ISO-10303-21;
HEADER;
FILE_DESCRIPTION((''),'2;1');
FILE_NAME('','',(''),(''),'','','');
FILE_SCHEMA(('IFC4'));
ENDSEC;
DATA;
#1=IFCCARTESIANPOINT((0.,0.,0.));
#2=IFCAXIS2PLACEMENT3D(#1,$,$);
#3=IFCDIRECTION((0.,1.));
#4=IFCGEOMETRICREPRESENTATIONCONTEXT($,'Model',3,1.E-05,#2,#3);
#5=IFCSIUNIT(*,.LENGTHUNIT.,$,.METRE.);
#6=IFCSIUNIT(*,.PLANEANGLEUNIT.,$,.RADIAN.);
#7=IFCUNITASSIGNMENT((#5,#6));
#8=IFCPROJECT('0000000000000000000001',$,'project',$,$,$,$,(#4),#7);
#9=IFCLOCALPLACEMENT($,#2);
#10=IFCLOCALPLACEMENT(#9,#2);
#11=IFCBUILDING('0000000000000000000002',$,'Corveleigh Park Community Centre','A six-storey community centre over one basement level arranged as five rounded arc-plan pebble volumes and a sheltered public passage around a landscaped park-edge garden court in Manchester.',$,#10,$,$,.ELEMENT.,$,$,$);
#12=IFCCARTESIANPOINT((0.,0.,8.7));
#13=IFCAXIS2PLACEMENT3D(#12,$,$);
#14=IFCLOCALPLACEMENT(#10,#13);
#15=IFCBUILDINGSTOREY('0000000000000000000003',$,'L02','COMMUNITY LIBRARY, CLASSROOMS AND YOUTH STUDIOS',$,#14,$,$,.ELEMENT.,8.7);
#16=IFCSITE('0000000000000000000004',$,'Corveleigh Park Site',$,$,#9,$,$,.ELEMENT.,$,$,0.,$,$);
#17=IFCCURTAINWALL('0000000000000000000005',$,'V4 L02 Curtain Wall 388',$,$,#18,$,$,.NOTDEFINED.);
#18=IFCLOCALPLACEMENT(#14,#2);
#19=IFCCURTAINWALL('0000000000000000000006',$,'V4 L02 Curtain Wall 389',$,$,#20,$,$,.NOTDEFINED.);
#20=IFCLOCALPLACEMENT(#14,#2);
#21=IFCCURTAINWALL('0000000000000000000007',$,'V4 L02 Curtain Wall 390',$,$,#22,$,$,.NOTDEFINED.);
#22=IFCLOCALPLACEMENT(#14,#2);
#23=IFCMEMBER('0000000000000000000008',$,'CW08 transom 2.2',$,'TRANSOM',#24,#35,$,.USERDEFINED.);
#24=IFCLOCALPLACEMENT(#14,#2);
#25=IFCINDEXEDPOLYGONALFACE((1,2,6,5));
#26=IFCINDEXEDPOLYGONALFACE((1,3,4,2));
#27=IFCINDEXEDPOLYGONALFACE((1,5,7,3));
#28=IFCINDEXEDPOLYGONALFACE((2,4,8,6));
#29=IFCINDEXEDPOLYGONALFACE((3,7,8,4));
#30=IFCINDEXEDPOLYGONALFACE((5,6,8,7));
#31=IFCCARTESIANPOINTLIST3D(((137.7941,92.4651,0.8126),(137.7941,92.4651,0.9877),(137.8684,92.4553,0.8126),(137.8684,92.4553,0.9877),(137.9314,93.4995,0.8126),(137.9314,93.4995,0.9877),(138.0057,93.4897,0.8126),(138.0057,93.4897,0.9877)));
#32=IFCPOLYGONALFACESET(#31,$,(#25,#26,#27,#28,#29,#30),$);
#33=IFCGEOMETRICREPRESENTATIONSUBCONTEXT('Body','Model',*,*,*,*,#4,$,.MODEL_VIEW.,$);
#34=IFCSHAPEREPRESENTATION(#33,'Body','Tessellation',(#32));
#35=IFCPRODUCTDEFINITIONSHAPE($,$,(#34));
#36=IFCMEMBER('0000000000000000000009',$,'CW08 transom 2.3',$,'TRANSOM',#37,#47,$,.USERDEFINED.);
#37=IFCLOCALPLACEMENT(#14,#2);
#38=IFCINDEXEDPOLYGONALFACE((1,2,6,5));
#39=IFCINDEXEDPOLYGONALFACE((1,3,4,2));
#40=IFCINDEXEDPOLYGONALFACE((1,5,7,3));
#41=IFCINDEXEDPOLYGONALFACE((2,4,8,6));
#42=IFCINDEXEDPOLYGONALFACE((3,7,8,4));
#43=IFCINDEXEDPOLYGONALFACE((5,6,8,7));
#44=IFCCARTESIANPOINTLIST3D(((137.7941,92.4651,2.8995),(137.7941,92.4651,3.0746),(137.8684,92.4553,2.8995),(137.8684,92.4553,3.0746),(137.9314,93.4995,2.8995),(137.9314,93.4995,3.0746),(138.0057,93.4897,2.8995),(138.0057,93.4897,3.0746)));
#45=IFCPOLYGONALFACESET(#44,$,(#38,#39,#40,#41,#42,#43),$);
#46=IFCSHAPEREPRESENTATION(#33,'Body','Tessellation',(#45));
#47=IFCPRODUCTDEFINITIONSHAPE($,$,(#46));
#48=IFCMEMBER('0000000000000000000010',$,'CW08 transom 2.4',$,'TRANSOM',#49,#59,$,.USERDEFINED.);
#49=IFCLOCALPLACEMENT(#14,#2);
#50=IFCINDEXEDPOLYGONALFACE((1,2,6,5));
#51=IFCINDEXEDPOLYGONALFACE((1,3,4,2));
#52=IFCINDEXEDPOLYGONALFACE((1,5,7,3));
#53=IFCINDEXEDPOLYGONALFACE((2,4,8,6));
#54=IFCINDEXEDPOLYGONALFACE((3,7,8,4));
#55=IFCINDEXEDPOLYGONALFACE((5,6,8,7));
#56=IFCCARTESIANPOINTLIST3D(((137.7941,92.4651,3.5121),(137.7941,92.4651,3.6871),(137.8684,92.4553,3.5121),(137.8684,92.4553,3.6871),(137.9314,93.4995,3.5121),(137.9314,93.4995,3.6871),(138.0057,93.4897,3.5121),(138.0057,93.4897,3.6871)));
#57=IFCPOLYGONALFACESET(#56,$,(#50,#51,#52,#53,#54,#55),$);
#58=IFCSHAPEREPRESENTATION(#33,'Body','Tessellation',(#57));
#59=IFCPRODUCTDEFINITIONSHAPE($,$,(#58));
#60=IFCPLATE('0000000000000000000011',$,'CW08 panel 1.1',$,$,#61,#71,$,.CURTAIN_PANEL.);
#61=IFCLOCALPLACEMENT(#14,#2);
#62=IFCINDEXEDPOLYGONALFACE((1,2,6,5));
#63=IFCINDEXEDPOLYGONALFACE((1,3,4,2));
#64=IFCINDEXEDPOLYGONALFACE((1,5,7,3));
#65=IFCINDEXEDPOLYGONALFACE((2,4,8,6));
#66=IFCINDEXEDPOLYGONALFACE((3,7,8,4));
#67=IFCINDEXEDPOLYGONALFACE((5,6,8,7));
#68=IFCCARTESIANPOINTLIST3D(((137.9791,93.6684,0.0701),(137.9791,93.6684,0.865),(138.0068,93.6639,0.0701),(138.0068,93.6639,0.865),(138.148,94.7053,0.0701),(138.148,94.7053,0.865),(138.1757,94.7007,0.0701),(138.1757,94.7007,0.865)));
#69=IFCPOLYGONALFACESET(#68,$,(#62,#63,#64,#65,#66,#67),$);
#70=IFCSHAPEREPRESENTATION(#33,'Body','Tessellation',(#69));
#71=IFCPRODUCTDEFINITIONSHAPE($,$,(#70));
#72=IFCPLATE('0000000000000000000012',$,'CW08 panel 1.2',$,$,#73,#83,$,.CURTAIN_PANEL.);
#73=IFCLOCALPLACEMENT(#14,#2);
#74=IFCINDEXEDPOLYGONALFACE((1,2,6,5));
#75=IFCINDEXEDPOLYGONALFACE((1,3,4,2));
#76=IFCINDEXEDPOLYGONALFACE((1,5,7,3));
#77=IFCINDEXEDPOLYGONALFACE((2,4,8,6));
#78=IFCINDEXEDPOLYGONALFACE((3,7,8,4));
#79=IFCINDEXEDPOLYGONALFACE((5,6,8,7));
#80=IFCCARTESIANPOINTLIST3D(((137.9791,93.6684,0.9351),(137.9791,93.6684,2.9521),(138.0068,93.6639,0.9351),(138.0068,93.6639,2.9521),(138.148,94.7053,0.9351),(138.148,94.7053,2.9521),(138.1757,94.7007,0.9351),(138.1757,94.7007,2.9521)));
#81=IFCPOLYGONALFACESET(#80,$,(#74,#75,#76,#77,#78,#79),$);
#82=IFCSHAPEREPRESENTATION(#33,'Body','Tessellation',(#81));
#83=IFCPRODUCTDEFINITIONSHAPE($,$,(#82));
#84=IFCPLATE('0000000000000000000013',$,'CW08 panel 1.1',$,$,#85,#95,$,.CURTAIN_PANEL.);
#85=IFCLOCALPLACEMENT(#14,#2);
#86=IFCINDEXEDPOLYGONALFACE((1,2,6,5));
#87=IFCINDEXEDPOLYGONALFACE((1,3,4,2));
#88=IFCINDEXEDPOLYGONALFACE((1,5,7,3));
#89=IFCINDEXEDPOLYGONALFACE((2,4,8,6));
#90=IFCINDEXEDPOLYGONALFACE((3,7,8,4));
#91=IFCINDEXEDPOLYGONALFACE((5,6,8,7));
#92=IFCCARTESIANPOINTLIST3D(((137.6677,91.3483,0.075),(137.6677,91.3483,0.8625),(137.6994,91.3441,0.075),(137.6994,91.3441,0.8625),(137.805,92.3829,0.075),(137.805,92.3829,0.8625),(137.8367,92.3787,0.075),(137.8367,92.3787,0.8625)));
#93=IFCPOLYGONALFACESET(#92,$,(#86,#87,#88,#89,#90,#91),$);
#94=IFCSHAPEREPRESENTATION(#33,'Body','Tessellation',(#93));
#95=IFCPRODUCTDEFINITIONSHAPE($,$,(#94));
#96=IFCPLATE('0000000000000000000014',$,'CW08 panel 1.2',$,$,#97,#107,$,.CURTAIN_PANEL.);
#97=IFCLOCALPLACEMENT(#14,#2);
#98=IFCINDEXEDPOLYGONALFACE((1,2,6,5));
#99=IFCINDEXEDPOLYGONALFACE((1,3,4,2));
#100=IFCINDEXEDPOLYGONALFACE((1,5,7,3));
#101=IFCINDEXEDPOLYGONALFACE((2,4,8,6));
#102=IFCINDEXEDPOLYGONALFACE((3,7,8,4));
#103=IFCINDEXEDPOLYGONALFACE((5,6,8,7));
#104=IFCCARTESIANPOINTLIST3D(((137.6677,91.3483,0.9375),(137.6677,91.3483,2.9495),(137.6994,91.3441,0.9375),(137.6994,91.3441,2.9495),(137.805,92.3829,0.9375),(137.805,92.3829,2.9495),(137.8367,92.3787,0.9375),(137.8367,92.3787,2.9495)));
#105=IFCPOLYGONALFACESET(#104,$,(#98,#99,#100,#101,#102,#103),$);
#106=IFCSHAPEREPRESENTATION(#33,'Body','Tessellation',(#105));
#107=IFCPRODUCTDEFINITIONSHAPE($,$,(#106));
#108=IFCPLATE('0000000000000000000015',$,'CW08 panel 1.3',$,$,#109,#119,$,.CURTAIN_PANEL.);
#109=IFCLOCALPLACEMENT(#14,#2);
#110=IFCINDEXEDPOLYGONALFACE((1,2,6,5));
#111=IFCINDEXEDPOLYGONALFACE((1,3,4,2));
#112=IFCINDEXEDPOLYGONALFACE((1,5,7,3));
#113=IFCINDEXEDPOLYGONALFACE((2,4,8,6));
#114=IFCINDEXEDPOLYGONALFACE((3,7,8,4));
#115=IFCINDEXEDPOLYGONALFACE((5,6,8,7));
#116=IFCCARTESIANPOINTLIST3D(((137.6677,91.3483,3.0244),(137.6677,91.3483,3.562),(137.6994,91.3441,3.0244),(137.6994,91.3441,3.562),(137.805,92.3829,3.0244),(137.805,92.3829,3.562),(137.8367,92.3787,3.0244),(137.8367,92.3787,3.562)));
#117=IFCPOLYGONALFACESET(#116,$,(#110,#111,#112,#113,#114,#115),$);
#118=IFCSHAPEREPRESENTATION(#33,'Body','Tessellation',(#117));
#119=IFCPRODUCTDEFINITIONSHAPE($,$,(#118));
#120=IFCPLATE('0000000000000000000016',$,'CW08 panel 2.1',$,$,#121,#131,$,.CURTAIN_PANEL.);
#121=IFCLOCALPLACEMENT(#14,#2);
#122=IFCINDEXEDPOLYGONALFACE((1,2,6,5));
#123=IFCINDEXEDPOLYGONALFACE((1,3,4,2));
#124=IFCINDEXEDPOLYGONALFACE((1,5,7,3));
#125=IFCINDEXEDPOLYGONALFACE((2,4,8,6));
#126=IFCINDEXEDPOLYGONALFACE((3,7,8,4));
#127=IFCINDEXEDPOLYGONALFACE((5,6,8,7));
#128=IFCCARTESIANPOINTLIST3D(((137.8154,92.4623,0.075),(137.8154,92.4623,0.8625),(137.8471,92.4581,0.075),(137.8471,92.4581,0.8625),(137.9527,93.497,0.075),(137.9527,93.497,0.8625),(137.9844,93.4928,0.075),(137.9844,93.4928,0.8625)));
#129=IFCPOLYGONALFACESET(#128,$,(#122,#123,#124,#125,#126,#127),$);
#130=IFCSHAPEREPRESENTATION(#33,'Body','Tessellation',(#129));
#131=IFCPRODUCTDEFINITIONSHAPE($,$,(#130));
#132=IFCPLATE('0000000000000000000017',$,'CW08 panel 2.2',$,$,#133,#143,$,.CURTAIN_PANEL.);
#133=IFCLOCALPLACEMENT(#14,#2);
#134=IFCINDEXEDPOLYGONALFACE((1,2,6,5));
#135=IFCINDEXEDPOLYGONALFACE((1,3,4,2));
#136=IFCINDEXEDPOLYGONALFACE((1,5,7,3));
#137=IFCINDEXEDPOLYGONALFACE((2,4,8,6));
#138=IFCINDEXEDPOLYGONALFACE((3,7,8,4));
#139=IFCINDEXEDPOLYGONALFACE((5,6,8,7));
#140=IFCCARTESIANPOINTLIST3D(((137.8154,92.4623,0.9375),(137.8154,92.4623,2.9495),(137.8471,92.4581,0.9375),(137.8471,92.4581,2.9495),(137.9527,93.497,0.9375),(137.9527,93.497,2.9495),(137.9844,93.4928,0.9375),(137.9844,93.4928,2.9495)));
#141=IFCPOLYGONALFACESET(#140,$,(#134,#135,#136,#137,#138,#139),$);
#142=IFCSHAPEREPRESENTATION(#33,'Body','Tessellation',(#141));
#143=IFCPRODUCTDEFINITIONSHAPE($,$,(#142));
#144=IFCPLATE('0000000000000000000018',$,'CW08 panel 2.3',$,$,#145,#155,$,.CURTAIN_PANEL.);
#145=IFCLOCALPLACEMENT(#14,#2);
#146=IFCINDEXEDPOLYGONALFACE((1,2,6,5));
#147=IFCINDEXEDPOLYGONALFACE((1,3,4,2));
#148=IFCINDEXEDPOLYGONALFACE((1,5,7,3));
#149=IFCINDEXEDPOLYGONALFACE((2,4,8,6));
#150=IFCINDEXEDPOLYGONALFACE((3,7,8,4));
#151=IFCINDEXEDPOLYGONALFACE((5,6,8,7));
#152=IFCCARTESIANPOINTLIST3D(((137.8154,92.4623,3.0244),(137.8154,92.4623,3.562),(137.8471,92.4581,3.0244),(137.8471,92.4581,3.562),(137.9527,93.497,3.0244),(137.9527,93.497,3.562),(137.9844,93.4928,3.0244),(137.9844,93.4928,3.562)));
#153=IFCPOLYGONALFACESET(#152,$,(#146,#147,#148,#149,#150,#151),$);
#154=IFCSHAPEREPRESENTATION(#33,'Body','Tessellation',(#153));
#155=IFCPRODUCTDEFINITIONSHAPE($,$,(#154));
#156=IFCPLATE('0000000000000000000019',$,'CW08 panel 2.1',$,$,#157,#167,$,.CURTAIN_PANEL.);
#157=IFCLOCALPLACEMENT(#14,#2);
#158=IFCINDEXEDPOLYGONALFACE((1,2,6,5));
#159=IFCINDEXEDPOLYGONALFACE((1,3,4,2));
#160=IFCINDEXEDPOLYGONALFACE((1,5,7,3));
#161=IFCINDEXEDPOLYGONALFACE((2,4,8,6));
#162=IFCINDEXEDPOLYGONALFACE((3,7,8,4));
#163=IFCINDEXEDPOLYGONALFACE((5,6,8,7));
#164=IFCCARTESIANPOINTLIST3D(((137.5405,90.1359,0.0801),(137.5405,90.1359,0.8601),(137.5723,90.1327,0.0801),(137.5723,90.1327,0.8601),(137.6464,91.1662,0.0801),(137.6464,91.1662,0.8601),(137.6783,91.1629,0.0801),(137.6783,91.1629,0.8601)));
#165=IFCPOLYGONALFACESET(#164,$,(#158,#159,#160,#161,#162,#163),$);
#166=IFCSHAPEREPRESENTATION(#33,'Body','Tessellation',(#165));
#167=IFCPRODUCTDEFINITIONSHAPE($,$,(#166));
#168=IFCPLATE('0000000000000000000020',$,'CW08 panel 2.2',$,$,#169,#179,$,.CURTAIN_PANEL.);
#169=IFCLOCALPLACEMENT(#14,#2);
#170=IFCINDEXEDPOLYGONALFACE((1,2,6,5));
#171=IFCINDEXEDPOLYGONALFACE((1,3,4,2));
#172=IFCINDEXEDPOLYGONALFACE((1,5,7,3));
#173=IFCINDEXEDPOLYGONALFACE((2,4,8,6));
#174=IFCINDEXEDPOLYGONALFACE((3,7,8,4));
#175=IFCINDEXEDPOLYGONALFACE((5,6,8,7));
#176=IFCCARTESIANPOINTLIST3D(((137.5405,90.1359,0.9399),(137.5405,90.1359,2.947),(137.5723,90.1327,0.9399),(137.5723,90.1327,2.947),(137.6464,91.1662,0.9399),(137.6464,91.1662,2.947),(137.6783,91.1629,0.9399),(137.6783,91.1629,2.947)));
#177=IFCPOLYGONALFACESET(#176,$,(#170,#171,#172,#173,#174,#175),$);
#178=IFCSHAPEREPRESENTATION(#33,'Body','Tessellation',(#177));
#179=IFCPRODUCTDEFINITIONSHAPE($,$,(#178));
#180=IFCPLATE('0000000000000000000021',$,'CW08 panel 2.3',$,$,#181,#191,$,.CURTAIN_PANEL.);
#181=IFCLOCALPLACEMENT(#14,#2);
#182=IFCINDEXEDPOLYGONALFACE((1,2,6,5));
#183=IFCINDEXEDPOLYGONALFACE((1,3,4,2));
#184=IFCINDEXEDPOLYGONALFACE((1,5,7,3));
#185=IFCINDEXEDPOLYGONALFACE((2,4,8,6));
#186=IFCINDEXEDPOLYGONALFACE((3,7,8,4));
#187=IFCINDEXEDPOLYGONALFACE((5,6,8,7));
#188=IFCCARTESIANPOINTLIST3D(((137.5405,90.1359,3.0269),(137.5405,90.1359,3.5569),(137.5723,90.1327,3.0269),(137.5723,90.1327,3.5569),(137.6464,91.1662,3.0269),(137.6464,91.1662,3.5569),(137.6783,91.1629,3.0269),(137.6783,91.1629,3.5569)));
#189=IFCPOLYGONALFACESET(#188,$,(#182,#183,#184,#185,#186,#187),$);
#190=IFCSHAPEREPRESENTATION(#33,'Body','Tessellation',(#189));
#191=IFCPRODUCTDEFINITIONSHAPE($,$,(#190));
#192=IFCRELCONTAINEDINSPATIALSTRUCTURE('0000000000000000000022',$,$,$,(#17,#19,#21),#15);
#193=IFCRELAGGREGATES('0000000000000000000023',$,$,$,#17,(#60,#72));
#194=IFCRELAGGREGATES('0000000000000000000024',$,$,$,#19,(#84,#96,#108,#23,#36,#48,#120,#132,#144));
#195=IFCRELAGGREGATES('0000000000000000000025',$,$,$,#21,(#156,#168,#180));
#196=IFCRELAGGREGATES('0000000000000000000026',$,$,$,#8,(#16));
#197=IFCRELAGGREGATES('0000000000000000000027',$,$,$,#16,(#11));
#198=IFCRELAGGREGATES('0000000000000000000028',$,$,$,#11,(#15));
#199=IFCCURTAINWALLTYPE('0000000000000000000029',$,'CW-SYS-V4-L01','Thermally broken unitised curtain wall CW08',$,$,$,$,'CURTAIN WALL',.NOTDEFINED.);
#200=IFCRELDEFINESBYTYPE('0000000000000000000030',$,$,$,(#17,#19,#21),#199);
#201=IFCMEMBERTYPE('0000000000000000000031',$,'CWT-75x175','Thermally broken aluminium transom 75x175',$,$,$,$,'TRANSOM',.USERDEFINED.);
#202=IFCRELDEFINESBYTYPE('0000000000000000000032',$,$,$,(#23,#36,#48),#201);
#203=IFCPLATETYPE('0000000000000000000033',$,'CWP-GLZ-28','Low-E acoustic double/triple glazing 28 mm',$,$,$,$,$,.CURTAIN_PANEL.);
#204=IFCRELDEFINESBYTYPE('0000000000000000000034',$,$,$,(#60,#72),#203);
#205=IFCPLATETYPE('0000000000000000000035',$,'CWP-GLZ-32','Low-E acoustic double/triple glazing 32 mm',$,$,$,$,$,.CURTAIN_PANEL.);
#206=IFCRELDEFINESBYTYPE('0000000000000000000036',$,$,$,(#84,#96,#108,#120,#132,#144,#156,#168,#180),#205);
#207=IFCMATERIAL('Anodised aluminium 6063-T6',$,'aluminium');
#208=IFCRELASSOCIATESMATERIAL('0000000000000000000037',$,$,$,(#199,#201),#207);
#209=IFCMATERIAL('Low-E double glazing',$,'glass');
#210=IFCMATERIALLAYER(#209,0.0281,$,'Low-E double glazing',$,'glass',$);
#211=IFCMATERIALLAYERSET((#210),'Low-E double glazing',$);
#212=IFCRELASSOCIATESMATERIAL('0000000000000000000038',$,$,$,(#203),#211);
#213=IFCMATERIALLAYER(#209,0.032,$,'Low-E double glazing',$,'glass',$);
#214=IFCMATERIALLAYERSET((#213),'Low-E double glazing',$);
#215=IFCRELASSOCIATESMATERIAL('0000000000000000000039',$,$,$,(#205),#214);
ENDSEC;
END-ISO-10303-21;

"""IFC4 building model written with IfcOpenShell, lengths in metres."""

from ifc_helpers import new_model, si_unit, direction, frame, origin, origin_2d, place, context, subcontext, project, spatial, rectangle, extrude, material, layer, layer_set, material_profile, profile_set, type_object, element, aggregate, save


model = new_model("IFC4")

# Units and contexts
model_context = context("Model", 3, precision=1e-05, world=origin(), true_north=direction((0.0, 1.0)))
body_context = subcontext(model_context, "Body", "Model", "MODEL_VIEW")
ifc_project = project(units=[si_unit("LENGTHUNIT", "METRE"), si_unit("PLANEANGLEUNIT", "RADIAN")], contexts=[model_context])

# Site, building, storey
site_placement = place(None, origin())
site = spatial("IfcSite", under=ifc_project, at=site_placement, Name="Corveleigh Park Site", CompositionType="ELEMENT", RefElevation=0.0)
building_placement = place(site_placement, origin())
building = spatial("IfcBuilding", under=site, at=building_placement, Name="Corveleigh Park Community Centre", Description="A six-storey community centre over one basement level arranged as five rounded arc-plan pebble volumes and a sheltered public passage around a landscaped park-edge garden court in Manchester.", CompositionType="ELEMENT")
storey_placement = place(building_placement, frame((0.0, 0.0, 8.7)))
storey = spatial("IfcBuildingStorey", under=building, at=storey_placement, Name="L02", Description="COMMUNITY LIBRARY, CLASSROOMS AND YOUTH STUDIOS", CompositionType="ELEMENT", Elevation=8.7)

# Curtain wall
ifc_material_1 = material(Name="Anodised aluminium 6063-T6", Category="aluminium")
curtain_wall_type = type_object("IfcCurtainWallType", Name="CW-SYS-V4-L01", Description="Thermally broken unitised curtain wall CW08", ElementType="CURTAIN WALL", PredefinedType="NOTDEFINED", material=ifc_material_1)
curtain_wall_1_placement = place(storey_placement, origin())
curtain_wall_1 = element("IfcCurtainWall", 1, at=curtain_wall_1_placement, inside=storey, type_object=curtain_wall_type, Name="V4 L02 Curtain Wall 388", PredefinedType="NOTDEFINED")

# Curtain wall
curtain_wall_2_placement = place(storey_placement, origin())
curtain_wall_2 = element("IfcCurtainWall", 2, at=curtain_wall_2_placement, inside=storey, type_object=curtain_wall_type, Name="V4 L02 Curtain Wall 389", PredefinedType="NOTDEFINED")

# Curtain wall
curtain_wall_3_placement = place(storey_placement, origin())
curtain_wall_3 = element("IfcCurtainWall", 3, at=curtain_wall_3_placement, inside=storey, type_object=curtain_wall_type, Name="V4 L02 Curtain Wall 390", PredefinedType="NOTDEFINED")

# Members
ifc_material_profile_1 = material_profile(ifc_material_1, rectangle(XDim=0.075, YDim=0.175, at=origin_2d()), Name="ALU-T75x175", Category="aluminium")
ifc_profile_set_1 = profile_set([ifc_material_profile_1], Name="Anodised aluminium 6063-T6")
member_type_1 = type_object("IfcMemberType", Name="CWT-75x175", Description="Thermally broken aluminium transom 75x175", ElementType="TRANSOM", PredefinedType="USERDEFINED", material=ifc_profile_set_1)
member_1_placement = place(storey_placement, frame((137.8313, 92.4602, 0.9001), z_axis=(0.131489, 0.991318, 0.0), x_axis=(-0.991318, 0.131489, 0.0)))
member_1 = element("IfcMember", 4, at=member_1_placement, type_object=member_type_1, Name="CW08 transom 2.2", ObjectType="TRANSOM", PredefinedType="USERDEFINED", context=body_context, shape_type="SweptSolid", body=[
    extrude(rectangle(XDim=0.075, YDim=0.175, at=origin_2d()), origin(), (0.0, 0.0, 1.0), 1.0435),
])
member_2_placement = place(storey_placement, frame((137.8313, 92.4602, 2.9871), z_axis=(0.131489, 0.991318, 0.0), x_axis=(-0.991318, 0.131489, 0.0)))
member_2 = element("IfcMember", 5, at=member_2_placement, type_object=member_type_1, Name="CW08 transom 2.3", ObjectType="TRANSOM", PredefinedType="USERDEFINED", context=body_context, shape_type="SweptSolid", body=[
    extrude(rectangle(XDim=0.075, YDim=0.175, at=origin_2d()), origin(), (0.0, 0.0, 1.0), 1.0435),
])
member_3_placement = place(storey_placement, frame((137.8313, 92.4602, 3.5996), z_axis=(0.131489, 0.991318, 0.0), x_axis=(-0.991318, 0.131489, 0.0)))
member_3 = element("IfcMember", 6, at=member_3_placement, type_object=member_type_1, Name="CW08 transom 2.4", ObjectType="TRANSOM", PredefinedType="USERDEFINED", context=body_context, shape_type="SweptSolid", body=[
    extrude(rectangle(XDim=0.075, YDim=0.175, at=origin_2d()), origin(), (0.0, 0.0, 1.0), 1.0435),
])

# Plates
ifc_material_2 = material(Name="Low-E double glazing", Category="glass")
ifc_layer_1 = layer(ifc_material_2, 0.0281, Name="Low-E double glazing", Category="glass")
ifc_layer_set_1 = layer_set([ifc_layer_1], Name="Low-E double glazing")
plate_type_1 = type_object("IfcPlateType", Name="CWP-GLZ-28", Description="Low-E acoustic double/triple glazing 28 mm", PredefinedType="CURTAIN_PANEL", material=ifc_layer_set_1)
plate_1_placement = place(storey_placement, frame((138.0774, 94.1846, 0.0701), z_axis=(0.0, 0.0, 1.0), x_axis=(0.160773, 0.986991, 0.0)))
plate_1 = element("IfcPlate", 7, at=plate_1_placement, type_object=plate_type_1, Name="CW08 panel 1.1", PredefinedType="CURTAIN_PANEL", context=body_context, shape_type="SweptSolid", body=[
    extrude(rectangle(XDim=1.0505, YDim=0.0281, at=origin_2d()), origin(), (0.0, 0.0, 1.0), 0.7949),
])
plate_2_placement = place(storey_placement, frame((138.0774, 94.1846, 0.9351), z_axis=(0.0, 0.0, 1.0), x_axis=(0.160773, 0.986991, 0.0)))
plate_2 = element("IfcPlate", 8, at=plate_2_placement, type_object=plate_type_1, Name="CW08 panel 1.2", PredefinedType="CURTAIN_PANEL", context=body_context, shape_type="SweptSolid", body=[
    extrude(rectangle(XDim=1.0505, YDim=0.0281, at=origin_2d()), origin(), (0.0, 0.0, 1.0), 2.0171),
])
aggregate(curtain_wall_1, [plate_1, plate_2])
ifc_layer_2 = layer(ifc_material_2, 0.032, Name="Low-E double glazing", Category="glass")
ifc_layer_set_2 = layer_set([ifc_layer_2], Name="Low-E double glazing")
plate_type_2 = type_object("IfcPlateType", Name="CWP-GLZ-32", Description="Low-E acoustic double/triple glazing 32 mm", PredefinedType="CURTAIN_PANEL", material=ifc_layer_set_2)
plate_3_placement = place(storey_placement, frame((137.7522, 91.8635, 0.075), z_axis=(0.0, 0.0, 1.0), x_axis=(0.131488, 0.991318, 0.0)))
plate_3 = element("IfcPlate", 9, at=plate_3_placement, type_object=plate_type_2, Name="CW08 panel 1.1", PredefinedType="CURTAIN_PANEL", context=body_context, shape_type="SweptSolid", body=[
    extrude(rectangle(XDim=1.0437, YDim=0.032, at=origin_2d()), origin(), (0.0, 0.0, 1.0), 0.7876),
])
plate_4_placement = place(storey_placement, frame((137.7522, 91.8635, 0.9375), z_axis=(0.0, 0.0, 1.0), x_axis=(0.131488, 0.991318, 0.0)))
plate_4 = element("IfcPlate", 10, at=plate_4_placement, type_object=plate_type_2, Name="CW08 panel 1.2", PredefinedType="CURTAIN_PANEL", context=body_context, shape_type="SweptSolid", body=[
    extrude(rectangle(XDim=1.0437, YDim=0.032, at=origin_2d()), origin(), (0.0, 0.0, 1.0), 2.012),
])
plate_5_placement = place(storey_placement, frame((137.7522, 91.8635, 3.0244), z_axis=(0.0, 0.0, 1.0), x_axis=(0.131488, 0.991318, 0.0)))
plate_5 = element("IfcPlate", 11, at=plate_5_placement, type_object=plate_type_2, Name="CW08 panel 1.3", PredefinedType="CURTAIN_PANEL", context=body_context, shape_type="SweptSolid", body=[
    extrude(rectangle(XDim=1.0437, YDim=0.032, at=origin_2d()), origin(), (0.0, 0.0, 1.0), 0.5376),
])
plate_6_placement = place(storey_placement, frame((137.8999, 92.9775, 0.075), z_axis=(0.0, 0.0, 1.0), x_axis=(0.131488, 0.991318, 0.0)))
plate_6 = element("IfcPlate", 12, at=plate_6_placement, type_object=plate_type_2, Name="CW08 panel 2.1", PredefinedType="CURTAIN_PANEL", context=body_context, shape_type="SweptSolid", body=[
    extrude(rectangle(XDim=1.0437, YDim=0.032, at=origin_2d()), origin(), (0.0, 0.0, 1.0), 0.7876),
])
plate_7_placement = place(storey_placement, frame((137.8999, 92.9775, 0.9375), z_axis=(0.0, 0.0, 1.0), x_axis=(0.131488, 0.991318, 0.0)))
plate_7 = element("IfcPlate", 13, at=plate_7_placement, type_object=plate_type_2, Name="CW08 panel 2.2", PredefinedType="CURTAIN_PANEL", context=body_context, shape_type="SweptSolid", body=[
    extrude(rectangle(XDim=1.0437, YDim=0.032, at=origin_2d()), origin(), (0.0, 0.0, 1.0), 2.012),
])
plate_8_placement = place(storey_placement, frame((137.8999, 92.9775, 3.0244), z_axis=(0.0, 0.0, 1.0), x_axis=(0.131488, 0.991318, 0.0)))
plate_8 = element("IfcPlate", 14, at=plate_8_placement, type_object=plate_type_2, Name="CW08 panel 2.3", PredefinedType="CURTAIN_PANEL", context=body_context, shape_type="SweptSolid", body=[
    extrude(rectangle(XDim=1.0437, YDim=0.032, at=origin_2d()), origin(), (0.0, 0.0, 1.0), 0.5376),
])
aggregate(curtain_wall_2, [plate_3, plate_4, plate_5, member_1, member_2, member_3, plate_6, plate_7, plate_8])
plate_9_placement = place(storey_placement, frame((137.6094, 90.6494, 0.0801), z_axis=(0.0, 0.0, 1.0), x_axis=(0.102312, 0.994752, 0.0)))
plate_9 = element("IfcPlate", 15, at=plate_9_placement, type_object=plate_type_2, Name="CW08 panel 2.1", PredefinedType="CURTAIN_PANEL", context=body_context, shape_type="SweptSolid", body=[
    extrude(rectangle(XDim=1.0356, YDim=0.032, at=origin_2d()), origin(), (0.0, 0.0, 1.0), 0.78),
])
plate_10_placement = place(storey_placement, frame((137.6094, 90.6494, 0.9399), z_axis=(0.0, 0.0, 1.0), x_axis=(0.102312, 0.994752, 0.0)))
plate_10 = element("IfcPlate", 16, at=plate_10_placement, type_object=plate_type_2, Name="CW08 panel 2.2", PredefinedType="CURTAIN_PANEL", context=body_context, shape_type="SweptSolid", body=[
    extrude(rectangle(XDim=1.0356, YDim=0.032, at=origin_2d()), origin(), (0.0, 0.0, 1.0), 2.0071),
])
plate_11_placement = place(storey_placement, frame((137.6094, 90.6494, 3.0269), z_axis=(0.0, 0.0, 1.0), x_axis=(0.102312, 0.994752, 0.0)))
plate_11 = element("IfcPlate", 17, at=plate_11_placement, type_object=plate_type_2, Name="CW08 panel 2.3", PredefinedType="CURTAIN_PANEL", context=body_context, shape_type="SweptSolid", body=[
    extrude(rectangle(XDim=1.0356, YDim=0.032, at=origin_2d()), origin(), (0.0, 0.0, 1.0), 0.53),
])
aggregate(curtain_wall_3, [plate_9, plate_10, plate_11])

save(model, "model.ifc")
